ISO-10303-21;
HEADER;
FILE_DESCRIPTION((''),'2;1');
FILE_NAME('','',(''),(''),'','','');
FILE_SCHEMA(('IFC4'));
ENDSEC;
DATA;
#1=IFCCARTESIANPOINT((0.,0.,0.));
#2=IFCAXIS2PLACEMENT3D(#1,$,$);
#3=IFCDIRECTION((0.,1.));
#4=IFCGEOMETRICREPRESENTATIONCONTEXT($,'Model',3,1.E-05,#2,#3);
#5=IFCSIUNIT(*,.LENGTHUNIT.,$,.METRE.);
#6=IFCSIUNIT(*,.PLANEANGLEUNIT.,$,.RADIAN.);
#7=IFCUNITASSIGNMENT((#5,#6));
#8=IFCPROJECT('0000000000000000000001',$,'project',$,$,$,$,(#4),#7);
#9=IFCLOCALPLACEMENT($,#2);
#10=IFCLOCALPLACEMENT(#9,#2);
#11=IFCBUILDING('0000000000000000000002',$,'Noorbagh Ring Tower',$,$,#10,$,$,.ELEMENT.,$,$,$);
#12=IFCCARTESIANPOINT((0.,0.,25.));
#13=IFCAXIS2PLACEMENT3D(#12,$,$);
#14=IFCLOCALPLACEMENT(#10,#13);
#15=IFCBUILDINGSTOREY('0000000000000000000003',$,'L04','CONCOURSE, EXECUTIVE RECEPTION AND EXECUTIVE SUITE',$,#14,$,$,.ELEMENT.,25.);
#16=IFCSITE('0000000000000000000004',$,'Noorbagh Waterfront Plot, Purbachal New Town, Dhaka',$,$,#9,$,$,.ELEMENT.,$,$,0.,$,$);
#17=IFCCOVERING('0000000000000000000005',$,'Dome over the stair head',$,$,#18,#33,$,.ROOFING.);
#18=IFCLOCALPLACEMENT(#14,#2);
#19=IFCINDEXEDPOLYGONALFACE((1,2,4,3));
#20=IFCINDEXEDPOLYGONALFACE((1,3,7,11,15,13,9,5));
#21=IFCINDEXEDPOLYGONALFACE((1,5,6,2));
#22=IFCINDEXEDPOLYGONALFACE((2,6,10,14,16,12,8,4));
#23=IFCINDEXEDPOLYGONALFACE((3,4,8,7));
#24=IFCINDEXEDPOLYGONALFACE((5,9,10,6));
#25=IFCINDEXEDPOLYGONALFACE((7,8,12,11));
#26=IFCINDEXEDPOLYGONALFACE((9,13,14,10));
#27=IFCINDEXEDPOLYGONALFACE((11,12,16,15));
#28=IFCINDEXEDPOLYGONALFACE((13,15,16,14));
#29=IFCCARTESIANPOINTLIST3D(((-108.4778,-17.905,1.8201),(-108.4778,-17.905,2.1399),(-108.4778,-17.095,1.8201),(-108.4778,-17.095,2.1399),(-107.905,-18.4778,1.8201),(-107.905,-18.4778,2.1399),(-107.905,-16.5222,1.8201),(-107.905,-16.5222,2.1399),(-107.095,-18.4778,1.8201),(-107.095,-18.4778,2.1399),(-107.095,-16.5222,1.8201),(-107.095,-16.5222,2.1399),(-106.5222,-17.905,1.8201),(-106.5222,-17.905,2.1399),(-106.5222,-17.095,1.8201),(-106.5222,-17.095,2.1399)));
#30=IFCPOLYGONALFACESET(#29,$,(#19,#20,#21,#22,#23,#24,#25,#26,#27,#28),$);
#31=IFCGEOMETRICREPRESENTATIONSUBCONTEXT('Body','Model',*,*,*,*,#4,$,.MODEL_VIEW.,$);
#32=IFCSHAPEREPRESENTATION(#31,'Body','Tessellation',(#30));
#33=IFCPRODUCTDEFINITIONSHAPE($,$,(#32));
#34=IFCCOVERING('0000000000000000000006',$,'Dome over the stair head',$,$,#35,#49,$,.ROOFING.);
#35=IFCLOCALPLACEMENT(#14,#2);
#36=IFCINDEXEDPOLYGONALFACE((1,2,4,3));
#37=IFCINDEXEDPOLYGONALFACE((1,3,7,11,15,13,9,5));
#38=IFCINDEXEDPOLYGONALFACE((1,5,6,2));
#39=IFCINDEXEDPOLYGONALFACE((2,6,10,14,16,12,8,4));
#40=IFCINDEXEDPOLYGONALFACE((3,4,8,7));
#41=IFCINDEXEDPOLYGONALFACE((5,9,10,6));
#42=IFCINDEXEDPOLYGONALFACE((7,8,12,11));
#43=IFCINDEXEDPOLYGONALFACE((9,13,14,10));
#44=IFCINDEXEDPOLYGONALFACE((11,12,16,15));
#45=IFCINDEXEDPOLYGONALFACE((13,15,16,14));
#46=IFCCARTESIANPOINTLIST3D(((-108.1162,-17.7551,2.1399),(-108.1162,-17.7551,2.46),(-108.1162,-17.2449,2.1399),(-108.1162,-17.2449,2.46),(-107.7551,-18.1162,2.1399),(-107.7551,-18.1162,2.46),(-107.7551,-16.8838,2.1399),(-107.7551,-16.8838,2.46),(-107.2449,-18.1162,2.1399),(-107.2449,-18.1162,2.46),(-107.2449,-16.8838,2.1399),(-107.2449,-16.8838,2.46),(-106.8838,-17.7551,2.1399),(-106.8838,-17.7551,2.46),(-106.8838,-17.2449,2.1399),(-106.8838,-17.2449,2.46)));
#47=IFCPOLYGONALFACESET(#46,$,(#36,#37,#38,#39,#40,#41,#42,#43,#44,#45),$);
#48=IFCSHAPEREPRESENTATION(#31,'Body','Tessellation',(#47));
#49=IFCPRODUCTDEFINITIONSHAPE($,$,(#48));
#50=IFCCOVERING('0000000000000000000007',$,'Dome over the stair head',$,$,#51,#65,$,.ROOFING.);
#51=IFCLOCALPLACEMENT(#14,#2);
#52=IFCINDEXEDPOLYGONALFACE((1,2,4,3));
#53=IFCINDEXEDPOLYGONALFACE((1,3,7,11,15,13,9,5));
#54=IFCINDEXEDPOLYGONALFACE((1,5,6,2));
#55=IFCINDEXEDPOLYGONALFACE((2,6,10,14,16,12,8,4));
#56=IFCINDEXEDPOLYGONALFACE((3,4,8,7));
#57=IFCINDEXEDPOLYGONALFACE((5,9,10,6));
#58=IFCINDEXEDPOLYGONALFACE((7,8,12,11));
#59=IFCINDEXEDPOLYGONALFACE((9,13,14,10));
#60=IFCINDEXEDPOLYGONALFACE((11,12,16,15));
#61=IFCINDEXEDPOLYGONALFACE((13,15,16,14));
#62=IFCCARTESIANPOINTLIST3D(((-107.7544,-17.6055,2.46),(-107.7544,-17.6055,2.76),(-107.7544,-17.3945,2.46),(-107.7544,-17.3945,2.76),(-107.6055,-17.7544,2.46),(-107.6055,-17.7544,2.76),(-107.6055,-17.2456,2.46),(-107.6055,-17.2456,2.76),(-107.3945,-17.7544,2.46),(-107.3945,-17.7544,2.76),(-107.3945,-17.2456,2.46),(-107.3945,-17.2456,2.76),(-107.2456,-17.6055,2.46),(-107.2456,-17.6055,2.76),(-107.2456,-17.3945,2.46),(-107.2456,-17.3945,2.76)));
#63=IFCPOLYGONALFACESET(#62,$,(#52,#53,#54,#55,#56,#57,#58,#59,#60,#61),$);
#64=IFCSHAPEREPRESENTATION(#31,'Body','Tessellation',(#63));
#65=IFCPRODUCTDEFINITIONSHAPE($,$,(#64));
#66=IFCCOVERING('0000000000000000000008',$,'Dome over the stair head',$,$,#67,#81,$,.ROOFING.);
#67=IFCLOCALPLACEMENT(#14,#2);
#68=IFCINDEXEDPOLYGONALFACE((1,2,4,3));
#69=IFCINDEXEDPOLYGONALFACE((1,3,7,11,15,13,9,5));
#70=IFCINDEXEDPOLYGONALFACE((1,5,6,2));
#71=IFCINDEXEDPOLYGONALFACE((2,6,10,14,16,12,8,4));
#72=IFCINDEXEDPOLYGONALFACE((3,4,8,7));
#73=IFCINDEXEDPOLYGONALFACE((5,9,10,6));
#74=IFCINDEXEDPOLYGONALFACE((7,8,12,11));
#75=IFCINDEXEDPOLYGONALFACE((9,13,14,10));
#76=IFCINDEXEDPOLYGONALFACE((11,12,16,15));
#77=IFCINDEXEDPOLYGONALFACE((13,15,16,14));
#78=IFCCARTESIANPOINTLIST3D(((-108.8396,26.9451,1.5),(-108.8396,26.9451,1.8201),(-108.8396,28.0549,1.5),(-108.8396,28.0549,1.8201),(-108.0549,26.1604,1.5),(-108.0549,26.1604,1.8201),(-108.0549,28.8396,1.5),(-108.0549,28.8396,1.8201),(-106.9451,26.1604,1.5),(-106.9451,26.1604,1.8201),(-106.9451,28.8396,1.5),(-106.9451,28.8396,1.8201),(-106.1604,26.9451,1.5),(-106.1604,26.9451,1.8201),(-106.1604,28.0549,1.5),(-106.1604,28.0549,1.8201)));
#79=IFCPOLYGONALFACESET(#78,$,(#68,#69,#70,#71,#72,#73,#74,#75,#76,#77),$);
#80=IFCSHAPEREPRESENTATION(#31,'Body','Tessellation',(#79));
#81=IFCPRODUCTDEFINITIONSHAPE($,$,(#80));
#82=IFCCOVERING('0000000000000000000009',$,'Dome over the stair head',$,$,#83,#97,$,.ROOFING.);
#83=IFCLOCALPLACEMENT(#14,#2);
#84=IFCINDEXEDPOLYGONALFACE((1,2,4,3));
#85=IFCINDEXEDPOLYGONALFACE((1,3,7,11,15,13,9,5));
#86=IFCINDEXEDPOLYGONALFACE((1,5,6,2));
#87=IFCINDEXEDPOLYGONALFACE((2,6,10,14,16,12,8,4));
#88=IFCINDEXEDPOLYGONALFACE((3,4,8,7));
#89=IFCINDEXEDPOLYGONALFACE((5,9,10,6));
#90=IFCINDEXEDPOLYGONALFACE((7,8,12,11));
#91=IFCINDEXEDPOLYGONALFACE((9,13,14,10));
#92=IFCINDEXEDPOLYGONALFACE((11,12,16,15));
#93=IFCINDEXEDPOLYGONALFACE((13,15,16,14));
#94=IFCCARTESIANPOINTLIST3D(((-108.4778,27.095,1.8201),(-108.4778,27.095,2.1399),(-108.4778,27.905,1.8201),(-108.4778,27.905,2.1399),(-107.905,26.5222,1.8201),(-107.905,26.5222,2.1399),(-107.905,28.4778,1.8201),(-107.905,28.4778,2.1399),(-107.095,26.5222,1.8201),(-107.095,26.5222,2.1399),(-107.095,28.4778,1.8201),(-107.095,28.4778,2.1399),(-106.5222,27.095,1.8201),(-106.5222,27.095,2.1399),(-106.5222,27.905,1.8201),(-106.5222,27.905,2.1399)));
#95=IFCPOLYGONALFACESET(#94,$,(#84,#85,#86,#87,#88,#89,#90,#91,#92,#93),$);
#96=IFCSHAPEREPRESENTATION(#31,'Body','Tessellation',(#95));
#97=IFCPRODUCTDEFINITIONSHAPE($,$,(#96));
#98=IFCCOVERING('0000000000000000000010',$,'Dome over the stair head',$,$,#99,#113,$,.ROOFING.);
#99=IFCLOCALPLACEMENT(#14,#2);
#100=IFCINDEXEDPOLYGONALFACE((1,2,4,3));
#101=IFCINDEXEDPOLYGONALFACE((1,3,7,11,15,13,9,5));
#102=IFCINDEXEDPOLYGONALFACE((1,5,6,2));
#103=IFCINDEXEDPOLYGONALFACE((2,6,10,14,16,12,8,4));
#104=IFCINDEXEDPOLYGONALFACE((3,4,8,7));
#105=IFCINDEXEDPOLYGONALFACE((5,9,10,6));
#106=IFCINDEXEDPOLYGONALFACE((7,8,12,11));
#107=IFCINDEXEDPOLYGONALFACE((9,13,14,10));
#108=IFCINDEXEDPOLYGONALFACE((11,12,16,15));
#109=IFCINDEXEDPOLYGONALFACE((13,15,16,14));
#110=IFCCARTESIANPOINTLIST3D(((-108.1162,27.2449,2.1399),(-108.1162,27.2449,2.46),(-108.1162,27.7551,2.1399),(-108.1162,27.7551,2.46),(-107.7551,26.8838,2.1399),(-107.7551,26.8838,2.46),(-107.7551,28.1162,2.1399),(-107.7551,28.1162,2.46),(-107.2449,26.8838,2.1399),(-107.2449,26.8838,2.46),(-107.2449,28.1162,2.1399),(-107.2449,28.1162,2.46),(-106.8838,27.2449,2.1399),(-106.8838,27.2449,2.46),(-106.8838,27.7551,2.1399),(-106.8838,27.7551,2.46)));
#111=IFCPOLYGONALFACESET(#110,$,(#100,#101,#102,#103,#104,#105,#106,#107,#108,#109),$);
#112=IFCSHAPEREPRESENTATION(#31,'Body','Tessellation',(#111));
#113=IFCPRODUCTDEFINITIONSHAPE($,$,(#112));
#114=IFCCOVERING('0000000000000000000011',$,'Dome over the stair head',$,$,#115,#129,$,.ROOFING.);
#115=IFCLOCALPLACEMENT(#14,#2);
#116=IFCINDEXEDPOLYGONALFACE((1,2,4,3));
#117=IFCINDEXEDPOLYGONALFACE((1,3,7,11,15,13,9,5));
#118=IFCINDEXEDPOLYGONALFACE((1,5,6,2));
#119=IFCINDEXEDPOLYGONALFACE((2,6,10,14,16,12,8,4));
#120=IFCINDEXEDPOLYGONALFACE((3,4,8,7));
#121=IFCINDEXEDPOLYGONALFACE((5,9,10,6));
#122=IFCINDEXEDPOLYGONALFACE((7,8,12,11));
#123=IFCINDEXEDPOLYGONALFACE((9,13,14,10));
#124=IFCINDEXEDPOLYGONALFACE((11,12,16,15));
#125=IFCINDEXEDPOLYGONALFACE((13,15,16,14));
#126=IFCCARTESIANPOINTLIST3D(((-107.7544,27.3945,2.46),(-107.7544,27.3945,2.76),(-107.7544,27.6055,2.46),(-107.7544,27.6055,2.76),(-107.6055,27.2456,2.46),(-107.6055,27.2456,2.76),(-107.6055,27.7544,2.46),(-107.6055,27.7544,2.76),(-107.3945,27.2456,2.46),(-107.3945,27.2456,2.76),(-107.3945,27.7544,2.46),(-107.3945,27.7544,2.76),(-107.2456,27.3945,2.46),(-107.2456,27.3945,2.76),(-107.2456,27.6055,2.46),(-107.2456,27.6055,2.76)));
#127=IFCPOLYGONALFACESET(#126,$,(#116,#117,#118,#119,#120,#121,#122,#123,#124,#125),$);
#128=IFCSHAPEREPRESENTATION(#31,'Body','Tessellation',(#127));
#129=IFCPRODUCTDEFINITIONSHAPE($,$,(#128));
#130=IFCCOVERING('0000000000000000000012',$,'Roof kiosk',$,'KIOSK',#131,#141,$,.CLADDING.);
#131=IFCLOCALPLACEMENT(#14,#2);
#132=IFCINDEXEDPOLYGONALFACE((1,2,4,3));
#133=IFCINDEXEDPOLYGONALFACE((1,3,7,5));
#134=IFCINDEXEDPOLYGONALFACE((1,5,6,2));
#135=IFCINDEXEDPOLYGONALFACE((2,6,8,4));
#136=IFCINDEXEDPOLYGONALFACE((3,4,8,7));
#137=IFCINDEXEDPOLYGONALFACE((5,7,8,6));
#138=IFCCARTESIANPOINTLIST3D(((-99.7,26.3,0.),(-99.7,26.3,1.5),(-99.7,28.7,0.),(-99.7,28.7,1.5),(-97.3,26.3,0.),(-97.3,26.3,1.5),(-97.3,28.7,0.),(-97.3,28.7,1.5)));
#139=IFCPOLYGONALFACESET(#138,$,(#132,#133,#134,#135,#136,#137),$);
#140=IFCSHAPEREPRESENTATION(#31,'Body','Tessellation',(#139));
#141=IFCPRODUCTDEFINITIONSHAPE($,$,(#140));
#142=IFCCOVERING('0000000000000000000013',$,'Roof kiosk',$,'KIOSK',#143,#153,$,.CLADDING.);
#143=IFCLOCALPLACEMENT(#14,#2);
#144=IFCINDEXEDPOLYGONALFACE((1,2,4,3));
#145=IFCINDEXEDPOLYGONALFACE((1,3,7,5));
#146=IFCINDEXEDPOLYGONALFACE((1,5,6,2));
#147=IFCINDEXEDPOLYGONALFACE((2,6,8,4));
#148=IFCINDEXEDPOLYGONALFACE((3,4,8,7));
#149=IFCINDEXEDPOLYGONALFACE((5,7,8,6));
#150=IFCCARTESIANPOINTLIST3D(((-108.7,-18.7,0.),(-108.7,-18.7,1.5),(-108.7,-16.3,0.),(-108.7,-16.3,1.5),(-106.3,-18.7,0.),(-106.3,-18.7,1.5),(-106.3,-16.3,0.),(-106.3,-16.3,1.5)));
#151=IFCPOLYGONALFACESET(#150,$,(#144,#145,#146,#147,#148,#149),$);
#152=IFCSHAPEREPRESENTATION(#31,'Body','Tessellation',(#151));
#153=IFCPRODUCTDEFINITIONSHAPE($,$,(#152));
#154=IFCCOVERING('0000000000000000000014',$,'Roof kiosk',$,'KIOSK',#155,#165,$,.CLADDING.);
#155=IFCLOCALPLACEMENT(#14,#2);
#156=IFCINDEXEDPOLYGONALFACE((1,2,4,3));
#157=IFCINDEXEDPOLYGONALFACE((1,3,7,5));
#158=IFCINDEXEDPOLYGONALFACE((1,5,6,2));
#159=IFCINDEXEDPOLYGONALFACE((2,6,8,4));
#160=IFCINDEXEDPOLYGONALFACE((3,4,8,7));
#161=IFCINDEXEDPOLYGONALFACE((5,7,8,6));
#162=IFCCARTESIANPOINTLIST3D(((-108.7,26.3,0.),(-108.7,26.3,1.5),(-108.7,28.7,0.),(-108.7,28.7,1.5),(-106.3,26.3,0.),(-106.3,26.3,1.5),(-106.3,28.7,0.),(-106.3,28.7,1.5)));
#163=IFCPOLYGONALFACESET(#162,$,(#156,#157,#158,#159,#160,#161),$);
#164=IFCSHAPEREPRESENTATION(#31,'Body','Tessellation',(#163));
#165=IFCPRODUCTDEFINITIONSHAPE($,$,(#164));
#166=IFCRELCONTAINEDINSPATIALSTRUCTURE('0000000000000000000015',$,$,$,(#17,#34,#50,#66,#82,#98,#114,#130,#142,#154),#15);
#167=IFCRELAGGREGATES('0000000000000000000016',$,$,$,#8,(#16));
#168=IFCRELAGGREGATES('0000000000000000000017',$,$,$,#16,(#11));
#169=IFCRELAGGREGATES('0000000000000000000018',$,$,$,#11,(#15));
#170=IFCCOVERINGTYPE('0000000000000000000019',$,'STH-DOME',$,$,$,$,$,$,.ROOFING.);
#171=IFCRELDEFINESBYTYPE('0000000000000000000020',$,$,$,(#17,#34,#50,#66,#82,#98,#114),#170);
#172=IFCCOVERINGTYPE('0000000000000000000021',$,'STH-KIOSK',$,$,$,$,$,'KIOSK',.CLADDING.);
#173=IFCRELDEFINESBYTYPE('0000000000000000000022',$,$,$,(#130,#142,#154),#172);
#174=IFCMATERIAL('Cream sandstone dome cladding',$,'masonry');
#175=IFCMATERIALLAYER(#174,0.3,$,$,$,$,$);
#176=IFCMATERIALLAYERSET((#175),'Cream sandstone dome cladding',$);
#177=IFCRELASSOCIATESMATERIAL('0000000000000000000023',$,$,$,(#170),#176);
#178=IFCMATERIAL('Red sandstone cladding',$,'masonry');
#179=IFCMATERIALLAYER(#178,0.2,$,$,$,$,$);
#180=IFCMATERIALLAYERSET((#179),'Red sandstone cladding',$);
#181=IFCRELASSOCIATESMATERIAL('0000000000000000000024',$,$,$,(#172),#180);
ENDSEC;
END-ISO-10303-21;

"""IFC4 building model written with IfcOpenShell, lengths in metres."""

from ifc_helpers import new_model, si_unit, direction, frame, origin, place, context, subcontext, project, spatial, polyline, outline, extrude, material, layer, layer_set, type_object, element, save


model = new_model("IFC4")

# Units and contexts
model_context = context("Model", 3, precision=1e-05, world=origin(), true_north=direction((0.0, 1.0)))
body_context = subcontext(model_context, "Body", "Model", "MODEL_VIEW")
ifc_project = project(units=[si_unit("LENGTHUNIT", "METRE"), si_unit("PLANEANGLEUNIT", "RADIAN")], contexts=[model_context])

# Site, building, storey
site_placement = place(None, origin())
site = spatial("IfcSite", under=ifc_project, at=site_placement, Name="Noorbagh Waterfront Plot, Purbachal New Town, Dhaka", CompositionType="ELEMENT", RefElevation=0.0)
building_placement = place(site_placement, origin())
building = spatial("IfcBuilding", under=site, at=building_placement, Name="Noorbagh Ring Tower", CompositionType="ELEMENT")
storey_placement = place(building_placement, frame((0.0, 0.0, 25.0)))
storey = spatial("IfcBuildingStorey", under=building, at=storey_placement, Name="L04", Description="CONCOURSE, EXECUTIVE RECEPTION AND EXECUTIVE SUITE", CompositionType="ELEMENT", Elevation=25.0)

# Coverings
ifc_material_1 = material(Name="Cream sandstone dome cladding", Category="masonry")
ifc_layer_1 = layer(ifc_material_1, 0.3)
ifc_layer_set_1 = layer_set([ifc_layer_1], Name="Cream sandstone dome cladding")
covering_type_1 = type_object("IfcCoveringType", Name="STH-DOME", PredefinedType="ROOFING", material=ifc_layer_set_1)
covering_1_placement = place(storey_placement, frame((0.0, 0.0, 1.8201)))
element("IfcCovering", 1, at=covering_1_placement, inside=storey, type_object=covering_type_1, Name="Dome over the stair head", PredefinedType="ROOFING", context=body_context, shape_type="SweptSolid", body=[
    extrude(outline(polyline([(-106.5222, -17.095), (-107.095, -16.5222), (-107.905, -16.5222), (-108.4778, -17.095), (-108.4778, -17.905), (-107.905, -18.4778), (-107.095, -18.4778), (-106.5222, -17.905), (-106.5222, -17.095)])), origin(), (0.0, 0.0, 1.0), 0.3198),
])
covering_2_placement = place(storey_placement, frame((0.0, 0.0, 2.1399)))
element("IfcCovering", 2, at=covering_2_placement, inside=storey, type_object=covering_type_1, Name="Dome over the stair head", PredefinedType="ROOFING", context=body_context, shape_type="SweptSolid", body=[
    extrude(outline(polyline([(-106.8838, -17.2449), (-107.2449, -16.8838), (-107.7551, -16.8838), (-108.1162, -17.2449), (-108.1162, -17.7551), (-107.7551, -18.1162), (-107.2449, -18.1162), (-106.8838, -17.7551), (-106.8838, -17.2449)])), origin(), (0.0, 0.0, 1.0), 0.3201),
])
covering_3_placement = place(storey_placement, frame((0.0, 0.0, 2.46)))
element("IfcCovering", 3, at=covering_3_placement, inside=storey, type_object=covering_type_1, Name="Dome over the stair head", PredefinedType="ROOFING", context=body_context, shape_type="SweptSolid", body=[
    extrude(outline(polyline([(-107.2456, -17.3945), (-107.3945, -17.2456), (-107.6055, -17.2456), (-107.7544, -17.3945), (-107.7544, -17.6055), (-107.6055, -17.7544), (-107.3945, -17.7544), (-107.2456, -17.6055), (-107.2456, -17.3945)])), origin(), (0.0, 0.0, 1.0), 0.3),
])
covering_4_placement = place(storey_placement, frame((0.0, 0.0, 1.5)))
element("IfcCovering", 4, at=covering_4_placement, inside=storey, type_object=covering_type_1, Name="Dome over the stair head", PredefinedType="ROOFING", context=body_context, shape_type="SweptSolid", body=[
    extrude(outline(polyline([(-106.1604, 28.0549), (-106.9451, 28.8396), (-108.0549, 28.8396), (-108.8396, 28.0549), (-108.8396, 26.9451), (-108.0549, 26.1604), (-106.9451, 26.1604), (-106.1604, 26.9451), (-106.1604, 28.0549)])), origin(), (0.0, 0.0, 1.0), 0.3201),
])
covering_5_placement = place(storey_placement, frame((0.0, 0.0, 1.8201)))
element("IfcCovering", 5, at=covering_5_placement, inside=storey, type_object=covering_type_1, Name="Dome over the stair head", PredefinedType="ROOFING", context=body_context, shape_type="SweptSolid", body=[
    extrude(outline(polyline([(-106.5222, 27.905), (-107.095, 28.4778), (-107.905, 28.4778), (-108.4778, 27.905), (-108.4778, 27.095), (-107.905, 26.5222), (-107.095, 26.5222), (-106.5222, 27.095), (-106.5222, 27.905)])), origin(), (0.0, 0.0, 1.0), 0.3198),
])
covering_6_placement = place(storey_placement, frame((0.0, 0.0, 2.1399)))
element("IfcCovering", 6, at=covering_6_placement, inside=storey, type_object=covering_type_1, Name="Dome over the stair head", PredefinedType="ROOFING", context=body_context, shape_type="SweptSolid", body=[
    extrude(outline(polyline([(-106.8838, 27.7551), (-107.2449, 28.1162), (-107.7551, 28.1162), (-108.1162, 27.7551), (-108.1162, 27.2449), (-107.7551, 26.8838), (-107.2449, 26.8838), (-106.8838, 27.2449), (-106.8838, 27.7551)])), origin(), (0.0, 0.0, 1.0), 0.3201),
])
covering_7_placement = place(storey_placement, frame((0.0, 0.0, 2.46)))
element("IfcCovering", 7, at=covering_7_placement, inside=storey, type_object=covering_type_1, Name="Dome over the stair head", PredefinedType="ROOFING", context=body_context, shape_type="SweptSolid", body=[
    extrude(outline(polyline([(-107.2456, 27.6055), (-107.3945, 27.7544), (-107.6055, 27.7544), (-107.7544, 27.6055), (-107.7544, 27.3945), (-107.6055, 27.2456), (-107.3945, 27.2456), (-107.2456, 27.3945), (-107.2456, 27.6055)])), origin(), (0.0, 0.0, 1.0), 0.3),
])
ifc_material_2 = material(Name="Red sandstone cladding", Category="masonry")
ifc_layer_2 = layer(ifc_material_2, 0.2)
ifc_layer_set_2 = layer_set([ifc_layer_2], Name="Red sandstone cladding")
covering_type_2 = type_object("IfcCoveringType", Name="STH-KIOSK", ElementType="KIOSK", PredefinedType="CLADDING", material=ifc_layer_set_2)
covering_8_placement = place(storey_placement, origin())
element("IfcCovering", 8, at=covering_8_placement, inside=storey, type_object=covering_type_2, Name="Roof kiosk", ObjectType="KIOSK", PredefinedType="CLADDING", context=body_context, shape_type="SweptSolid", body=[
    extrude(outline(polyline([(-99.7, 26.3), (-97.3, 26.3), (-97.3, 28.7), (-99.7, 28.7), (-99.7, 26.3)])), origin(), (0.0, 0.0, 1.0), 1.5),
])
covering_9_placement = place(storey_placement, origin())
element("IfcCovering", 9, at=covering_9_placement, inside=storey, type_object=covering_type_2, Name="Roof kiosk", ObjectType="KIOSK", PredefinedType="CLADDING", context=body_context, shape_type="SweptSolid", body=[
    extrude(outline(polyline([(-108.7, -18.7), (-106.3, -18.7), (-106.3, -16.3), (-108.7, -16.3), (-108.7, -18.7)])), origin(), (0.0, 0.0, 1.0), 1.5),
])
covering_10_placement = place(storey_placement, origin())
element("IfcCovering", 10, at=covering_10_placement, inside=storey, type_object=covering_type_2, Name="Roof kiosk", ObjectType="KIOSK", PredefinedType="CLADDING", context=body_context, shape_type="SweptSolid", body=[
    extrude(outline(polyline([(-108.7, 26.3), (-106.3, 26.3), (-106.3, 28.7), (-108.7, 28.7), (-108.7, 26.3)])), origin(), (0.0, 0.0, 1.0), 1.5),
])

save(model, "model.ifc")
